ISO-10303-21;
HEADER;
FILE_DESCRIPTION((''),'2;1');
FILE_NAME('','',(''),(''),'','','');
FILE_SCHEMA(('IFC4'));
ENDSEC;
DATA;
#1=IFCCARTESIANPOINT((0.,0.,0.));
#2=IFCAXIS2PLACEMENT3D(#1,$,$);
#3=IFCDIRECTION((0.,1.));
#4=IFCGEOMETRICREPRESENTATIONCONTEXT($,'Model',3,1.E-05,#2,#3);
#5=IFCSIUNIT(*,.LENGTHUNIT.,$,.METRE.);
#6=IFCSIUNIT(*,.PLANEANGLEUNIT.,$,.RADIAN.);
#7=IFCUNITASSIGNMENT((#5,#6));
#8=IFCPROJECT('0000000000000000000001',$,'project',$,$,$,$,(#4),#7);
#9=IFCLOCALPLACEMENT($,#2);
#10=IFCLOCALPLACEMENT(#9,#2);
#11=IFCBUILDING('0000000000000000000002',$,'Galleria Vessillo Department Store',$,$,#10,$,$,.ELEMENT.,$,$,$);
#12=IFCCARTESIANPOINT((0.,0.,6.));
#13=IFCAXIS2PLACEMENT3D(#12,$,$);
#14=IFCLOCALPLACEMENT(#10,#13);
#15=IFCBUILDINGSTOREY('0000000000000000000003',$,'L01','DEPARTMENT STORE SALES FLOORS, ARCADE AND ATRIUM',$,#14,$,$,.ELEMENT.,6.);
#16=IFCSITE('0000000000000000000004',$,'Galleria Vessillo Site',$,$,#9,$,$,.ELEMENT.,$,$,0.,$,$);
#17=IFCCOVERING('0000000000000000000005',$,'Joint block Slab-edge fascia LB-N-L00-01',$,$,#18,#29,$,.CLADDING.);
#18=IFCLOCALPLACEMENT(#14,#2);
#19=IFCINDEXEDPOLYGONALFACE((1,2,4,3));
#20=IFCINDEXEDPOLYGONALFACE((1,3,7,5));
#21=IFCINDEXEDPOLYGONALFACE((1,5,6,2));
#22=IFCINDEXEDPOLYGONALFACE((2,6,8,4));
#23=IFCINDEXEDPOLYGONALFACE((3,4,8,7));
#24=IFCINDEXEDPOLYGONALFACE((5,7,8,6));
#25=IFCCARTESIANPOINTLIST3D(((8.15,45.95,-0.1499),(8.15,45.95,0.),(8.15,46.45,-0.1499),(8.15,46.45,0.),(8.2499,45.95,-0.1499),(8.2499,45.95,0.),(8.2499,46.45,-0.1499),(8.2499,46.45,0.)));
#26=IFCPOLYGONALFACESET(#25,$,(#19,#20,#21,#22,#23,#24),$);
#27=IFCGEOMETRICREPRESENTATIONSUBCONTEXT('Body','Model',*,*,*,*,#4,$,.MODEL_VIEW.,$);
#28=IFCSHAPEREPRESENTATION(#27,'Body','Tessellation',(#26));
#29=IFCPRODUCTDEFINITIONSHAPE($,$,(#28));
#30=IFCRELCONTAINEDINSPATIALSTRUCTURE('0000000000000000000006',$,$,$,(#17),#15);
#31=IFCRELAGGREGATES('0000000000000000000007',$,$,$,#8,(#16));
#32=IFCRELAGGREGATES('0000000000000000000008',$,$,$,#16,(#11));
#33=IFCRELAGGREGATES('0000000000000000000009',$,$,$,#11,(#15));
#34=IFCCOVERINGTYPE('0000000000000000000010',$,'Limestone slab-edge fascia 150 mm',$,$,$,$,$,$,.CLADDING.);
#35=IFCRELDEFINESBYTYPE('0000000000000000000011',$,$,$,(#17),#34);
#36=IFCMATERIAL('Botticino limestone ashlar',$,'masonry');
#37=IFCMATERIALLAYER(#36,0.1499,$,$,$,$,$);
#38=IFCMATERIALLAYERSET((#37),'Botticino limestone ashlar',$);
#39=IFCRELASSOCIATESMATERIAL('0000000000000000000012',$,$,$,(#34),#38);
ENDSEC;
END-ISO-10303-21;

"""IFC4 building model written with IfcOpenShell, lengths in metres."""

from ifc_helpers import new_model, si_unit, direction, frame, origin, origin_2d, place, context, subcontext, project, spatial, rectangle, extrude, material, layer, layer_set, type_object, element, save


model = new_model("IFC4")

# Units and contexts
model_context = context("Model", 3, precision=1e-05, world=origin(), true_north=direction((0.0, 1.0)))
body_context = subcontext(model_context, "Body", "Model", "MODEL_VIEW")
ifc_project = project(units=[si_unit("LENGTHUNIT", "METRE"), si_unit("PLANEANGLEUNIT", "RADIAN")], contexts=[model_context])

# Site, building, storey
site_placement = place(None, origin())
site = spatial("IfcSite", under=ifc_project, at=site_placement, Name="Galleria Vessillo Site", CompositionType="ELEMENT", RefElevation=0.0)
building_placement = place(site_placement, origin())
building = spatial("IfcBuilding", under=site, at=building_placement, Name="Galleria Vessillo Department Store", CompositionType="ELEMENT")
storey_placement = place(building_placement, frame((0.0, 0.0, 6.0)))
storey = spatial("IfcBuildingStorey", under=building, at=storey_placement, Name="L01", Description="DEPARTMENT STORE SALES FLOORS, ARCADE AND ATRIUM", CompositionType="ELEMENT", Elevation=6.0)

# Covering
ifc_material_1 = material(Name="Botticino limestone ashlar", Category="masonry")
ifc_layer_1 = layer(ifc_material_1, 0.1499)
ifc_layer_set_1 = layer_set([ifc_layer_1], Name="Botticino limestone ashlar")
covering_type_1 = type_object("IfcCoveringType", Name="Limestone slab-edge fascia 150 mm", PredefinedType="CLADDING", material=ifc_layer_set_1)
covering_placement = place(storey_placement, frame((8.2, 46.2, -0.1499), z_axis=(0.0, 0.0, 1.0), x_axis=(1.0, 0.0, 0.0)))
element("IfcCovering", 1, at=covering_placement, inside=storey, type_object=covering_type_1, Name="Joint block Slab-edge fascia LB-N-L00-01", PredefinedType="CLADDING", context=body_context, shape_type="SweptSolid", body=[
    extrude(rectangle(XDim=0.0999, YDim=0.5, at=origin_2d()), origin(), (0.0, 0.0, 1.0), 0.1499),
])

save(model, "model.ifc")
